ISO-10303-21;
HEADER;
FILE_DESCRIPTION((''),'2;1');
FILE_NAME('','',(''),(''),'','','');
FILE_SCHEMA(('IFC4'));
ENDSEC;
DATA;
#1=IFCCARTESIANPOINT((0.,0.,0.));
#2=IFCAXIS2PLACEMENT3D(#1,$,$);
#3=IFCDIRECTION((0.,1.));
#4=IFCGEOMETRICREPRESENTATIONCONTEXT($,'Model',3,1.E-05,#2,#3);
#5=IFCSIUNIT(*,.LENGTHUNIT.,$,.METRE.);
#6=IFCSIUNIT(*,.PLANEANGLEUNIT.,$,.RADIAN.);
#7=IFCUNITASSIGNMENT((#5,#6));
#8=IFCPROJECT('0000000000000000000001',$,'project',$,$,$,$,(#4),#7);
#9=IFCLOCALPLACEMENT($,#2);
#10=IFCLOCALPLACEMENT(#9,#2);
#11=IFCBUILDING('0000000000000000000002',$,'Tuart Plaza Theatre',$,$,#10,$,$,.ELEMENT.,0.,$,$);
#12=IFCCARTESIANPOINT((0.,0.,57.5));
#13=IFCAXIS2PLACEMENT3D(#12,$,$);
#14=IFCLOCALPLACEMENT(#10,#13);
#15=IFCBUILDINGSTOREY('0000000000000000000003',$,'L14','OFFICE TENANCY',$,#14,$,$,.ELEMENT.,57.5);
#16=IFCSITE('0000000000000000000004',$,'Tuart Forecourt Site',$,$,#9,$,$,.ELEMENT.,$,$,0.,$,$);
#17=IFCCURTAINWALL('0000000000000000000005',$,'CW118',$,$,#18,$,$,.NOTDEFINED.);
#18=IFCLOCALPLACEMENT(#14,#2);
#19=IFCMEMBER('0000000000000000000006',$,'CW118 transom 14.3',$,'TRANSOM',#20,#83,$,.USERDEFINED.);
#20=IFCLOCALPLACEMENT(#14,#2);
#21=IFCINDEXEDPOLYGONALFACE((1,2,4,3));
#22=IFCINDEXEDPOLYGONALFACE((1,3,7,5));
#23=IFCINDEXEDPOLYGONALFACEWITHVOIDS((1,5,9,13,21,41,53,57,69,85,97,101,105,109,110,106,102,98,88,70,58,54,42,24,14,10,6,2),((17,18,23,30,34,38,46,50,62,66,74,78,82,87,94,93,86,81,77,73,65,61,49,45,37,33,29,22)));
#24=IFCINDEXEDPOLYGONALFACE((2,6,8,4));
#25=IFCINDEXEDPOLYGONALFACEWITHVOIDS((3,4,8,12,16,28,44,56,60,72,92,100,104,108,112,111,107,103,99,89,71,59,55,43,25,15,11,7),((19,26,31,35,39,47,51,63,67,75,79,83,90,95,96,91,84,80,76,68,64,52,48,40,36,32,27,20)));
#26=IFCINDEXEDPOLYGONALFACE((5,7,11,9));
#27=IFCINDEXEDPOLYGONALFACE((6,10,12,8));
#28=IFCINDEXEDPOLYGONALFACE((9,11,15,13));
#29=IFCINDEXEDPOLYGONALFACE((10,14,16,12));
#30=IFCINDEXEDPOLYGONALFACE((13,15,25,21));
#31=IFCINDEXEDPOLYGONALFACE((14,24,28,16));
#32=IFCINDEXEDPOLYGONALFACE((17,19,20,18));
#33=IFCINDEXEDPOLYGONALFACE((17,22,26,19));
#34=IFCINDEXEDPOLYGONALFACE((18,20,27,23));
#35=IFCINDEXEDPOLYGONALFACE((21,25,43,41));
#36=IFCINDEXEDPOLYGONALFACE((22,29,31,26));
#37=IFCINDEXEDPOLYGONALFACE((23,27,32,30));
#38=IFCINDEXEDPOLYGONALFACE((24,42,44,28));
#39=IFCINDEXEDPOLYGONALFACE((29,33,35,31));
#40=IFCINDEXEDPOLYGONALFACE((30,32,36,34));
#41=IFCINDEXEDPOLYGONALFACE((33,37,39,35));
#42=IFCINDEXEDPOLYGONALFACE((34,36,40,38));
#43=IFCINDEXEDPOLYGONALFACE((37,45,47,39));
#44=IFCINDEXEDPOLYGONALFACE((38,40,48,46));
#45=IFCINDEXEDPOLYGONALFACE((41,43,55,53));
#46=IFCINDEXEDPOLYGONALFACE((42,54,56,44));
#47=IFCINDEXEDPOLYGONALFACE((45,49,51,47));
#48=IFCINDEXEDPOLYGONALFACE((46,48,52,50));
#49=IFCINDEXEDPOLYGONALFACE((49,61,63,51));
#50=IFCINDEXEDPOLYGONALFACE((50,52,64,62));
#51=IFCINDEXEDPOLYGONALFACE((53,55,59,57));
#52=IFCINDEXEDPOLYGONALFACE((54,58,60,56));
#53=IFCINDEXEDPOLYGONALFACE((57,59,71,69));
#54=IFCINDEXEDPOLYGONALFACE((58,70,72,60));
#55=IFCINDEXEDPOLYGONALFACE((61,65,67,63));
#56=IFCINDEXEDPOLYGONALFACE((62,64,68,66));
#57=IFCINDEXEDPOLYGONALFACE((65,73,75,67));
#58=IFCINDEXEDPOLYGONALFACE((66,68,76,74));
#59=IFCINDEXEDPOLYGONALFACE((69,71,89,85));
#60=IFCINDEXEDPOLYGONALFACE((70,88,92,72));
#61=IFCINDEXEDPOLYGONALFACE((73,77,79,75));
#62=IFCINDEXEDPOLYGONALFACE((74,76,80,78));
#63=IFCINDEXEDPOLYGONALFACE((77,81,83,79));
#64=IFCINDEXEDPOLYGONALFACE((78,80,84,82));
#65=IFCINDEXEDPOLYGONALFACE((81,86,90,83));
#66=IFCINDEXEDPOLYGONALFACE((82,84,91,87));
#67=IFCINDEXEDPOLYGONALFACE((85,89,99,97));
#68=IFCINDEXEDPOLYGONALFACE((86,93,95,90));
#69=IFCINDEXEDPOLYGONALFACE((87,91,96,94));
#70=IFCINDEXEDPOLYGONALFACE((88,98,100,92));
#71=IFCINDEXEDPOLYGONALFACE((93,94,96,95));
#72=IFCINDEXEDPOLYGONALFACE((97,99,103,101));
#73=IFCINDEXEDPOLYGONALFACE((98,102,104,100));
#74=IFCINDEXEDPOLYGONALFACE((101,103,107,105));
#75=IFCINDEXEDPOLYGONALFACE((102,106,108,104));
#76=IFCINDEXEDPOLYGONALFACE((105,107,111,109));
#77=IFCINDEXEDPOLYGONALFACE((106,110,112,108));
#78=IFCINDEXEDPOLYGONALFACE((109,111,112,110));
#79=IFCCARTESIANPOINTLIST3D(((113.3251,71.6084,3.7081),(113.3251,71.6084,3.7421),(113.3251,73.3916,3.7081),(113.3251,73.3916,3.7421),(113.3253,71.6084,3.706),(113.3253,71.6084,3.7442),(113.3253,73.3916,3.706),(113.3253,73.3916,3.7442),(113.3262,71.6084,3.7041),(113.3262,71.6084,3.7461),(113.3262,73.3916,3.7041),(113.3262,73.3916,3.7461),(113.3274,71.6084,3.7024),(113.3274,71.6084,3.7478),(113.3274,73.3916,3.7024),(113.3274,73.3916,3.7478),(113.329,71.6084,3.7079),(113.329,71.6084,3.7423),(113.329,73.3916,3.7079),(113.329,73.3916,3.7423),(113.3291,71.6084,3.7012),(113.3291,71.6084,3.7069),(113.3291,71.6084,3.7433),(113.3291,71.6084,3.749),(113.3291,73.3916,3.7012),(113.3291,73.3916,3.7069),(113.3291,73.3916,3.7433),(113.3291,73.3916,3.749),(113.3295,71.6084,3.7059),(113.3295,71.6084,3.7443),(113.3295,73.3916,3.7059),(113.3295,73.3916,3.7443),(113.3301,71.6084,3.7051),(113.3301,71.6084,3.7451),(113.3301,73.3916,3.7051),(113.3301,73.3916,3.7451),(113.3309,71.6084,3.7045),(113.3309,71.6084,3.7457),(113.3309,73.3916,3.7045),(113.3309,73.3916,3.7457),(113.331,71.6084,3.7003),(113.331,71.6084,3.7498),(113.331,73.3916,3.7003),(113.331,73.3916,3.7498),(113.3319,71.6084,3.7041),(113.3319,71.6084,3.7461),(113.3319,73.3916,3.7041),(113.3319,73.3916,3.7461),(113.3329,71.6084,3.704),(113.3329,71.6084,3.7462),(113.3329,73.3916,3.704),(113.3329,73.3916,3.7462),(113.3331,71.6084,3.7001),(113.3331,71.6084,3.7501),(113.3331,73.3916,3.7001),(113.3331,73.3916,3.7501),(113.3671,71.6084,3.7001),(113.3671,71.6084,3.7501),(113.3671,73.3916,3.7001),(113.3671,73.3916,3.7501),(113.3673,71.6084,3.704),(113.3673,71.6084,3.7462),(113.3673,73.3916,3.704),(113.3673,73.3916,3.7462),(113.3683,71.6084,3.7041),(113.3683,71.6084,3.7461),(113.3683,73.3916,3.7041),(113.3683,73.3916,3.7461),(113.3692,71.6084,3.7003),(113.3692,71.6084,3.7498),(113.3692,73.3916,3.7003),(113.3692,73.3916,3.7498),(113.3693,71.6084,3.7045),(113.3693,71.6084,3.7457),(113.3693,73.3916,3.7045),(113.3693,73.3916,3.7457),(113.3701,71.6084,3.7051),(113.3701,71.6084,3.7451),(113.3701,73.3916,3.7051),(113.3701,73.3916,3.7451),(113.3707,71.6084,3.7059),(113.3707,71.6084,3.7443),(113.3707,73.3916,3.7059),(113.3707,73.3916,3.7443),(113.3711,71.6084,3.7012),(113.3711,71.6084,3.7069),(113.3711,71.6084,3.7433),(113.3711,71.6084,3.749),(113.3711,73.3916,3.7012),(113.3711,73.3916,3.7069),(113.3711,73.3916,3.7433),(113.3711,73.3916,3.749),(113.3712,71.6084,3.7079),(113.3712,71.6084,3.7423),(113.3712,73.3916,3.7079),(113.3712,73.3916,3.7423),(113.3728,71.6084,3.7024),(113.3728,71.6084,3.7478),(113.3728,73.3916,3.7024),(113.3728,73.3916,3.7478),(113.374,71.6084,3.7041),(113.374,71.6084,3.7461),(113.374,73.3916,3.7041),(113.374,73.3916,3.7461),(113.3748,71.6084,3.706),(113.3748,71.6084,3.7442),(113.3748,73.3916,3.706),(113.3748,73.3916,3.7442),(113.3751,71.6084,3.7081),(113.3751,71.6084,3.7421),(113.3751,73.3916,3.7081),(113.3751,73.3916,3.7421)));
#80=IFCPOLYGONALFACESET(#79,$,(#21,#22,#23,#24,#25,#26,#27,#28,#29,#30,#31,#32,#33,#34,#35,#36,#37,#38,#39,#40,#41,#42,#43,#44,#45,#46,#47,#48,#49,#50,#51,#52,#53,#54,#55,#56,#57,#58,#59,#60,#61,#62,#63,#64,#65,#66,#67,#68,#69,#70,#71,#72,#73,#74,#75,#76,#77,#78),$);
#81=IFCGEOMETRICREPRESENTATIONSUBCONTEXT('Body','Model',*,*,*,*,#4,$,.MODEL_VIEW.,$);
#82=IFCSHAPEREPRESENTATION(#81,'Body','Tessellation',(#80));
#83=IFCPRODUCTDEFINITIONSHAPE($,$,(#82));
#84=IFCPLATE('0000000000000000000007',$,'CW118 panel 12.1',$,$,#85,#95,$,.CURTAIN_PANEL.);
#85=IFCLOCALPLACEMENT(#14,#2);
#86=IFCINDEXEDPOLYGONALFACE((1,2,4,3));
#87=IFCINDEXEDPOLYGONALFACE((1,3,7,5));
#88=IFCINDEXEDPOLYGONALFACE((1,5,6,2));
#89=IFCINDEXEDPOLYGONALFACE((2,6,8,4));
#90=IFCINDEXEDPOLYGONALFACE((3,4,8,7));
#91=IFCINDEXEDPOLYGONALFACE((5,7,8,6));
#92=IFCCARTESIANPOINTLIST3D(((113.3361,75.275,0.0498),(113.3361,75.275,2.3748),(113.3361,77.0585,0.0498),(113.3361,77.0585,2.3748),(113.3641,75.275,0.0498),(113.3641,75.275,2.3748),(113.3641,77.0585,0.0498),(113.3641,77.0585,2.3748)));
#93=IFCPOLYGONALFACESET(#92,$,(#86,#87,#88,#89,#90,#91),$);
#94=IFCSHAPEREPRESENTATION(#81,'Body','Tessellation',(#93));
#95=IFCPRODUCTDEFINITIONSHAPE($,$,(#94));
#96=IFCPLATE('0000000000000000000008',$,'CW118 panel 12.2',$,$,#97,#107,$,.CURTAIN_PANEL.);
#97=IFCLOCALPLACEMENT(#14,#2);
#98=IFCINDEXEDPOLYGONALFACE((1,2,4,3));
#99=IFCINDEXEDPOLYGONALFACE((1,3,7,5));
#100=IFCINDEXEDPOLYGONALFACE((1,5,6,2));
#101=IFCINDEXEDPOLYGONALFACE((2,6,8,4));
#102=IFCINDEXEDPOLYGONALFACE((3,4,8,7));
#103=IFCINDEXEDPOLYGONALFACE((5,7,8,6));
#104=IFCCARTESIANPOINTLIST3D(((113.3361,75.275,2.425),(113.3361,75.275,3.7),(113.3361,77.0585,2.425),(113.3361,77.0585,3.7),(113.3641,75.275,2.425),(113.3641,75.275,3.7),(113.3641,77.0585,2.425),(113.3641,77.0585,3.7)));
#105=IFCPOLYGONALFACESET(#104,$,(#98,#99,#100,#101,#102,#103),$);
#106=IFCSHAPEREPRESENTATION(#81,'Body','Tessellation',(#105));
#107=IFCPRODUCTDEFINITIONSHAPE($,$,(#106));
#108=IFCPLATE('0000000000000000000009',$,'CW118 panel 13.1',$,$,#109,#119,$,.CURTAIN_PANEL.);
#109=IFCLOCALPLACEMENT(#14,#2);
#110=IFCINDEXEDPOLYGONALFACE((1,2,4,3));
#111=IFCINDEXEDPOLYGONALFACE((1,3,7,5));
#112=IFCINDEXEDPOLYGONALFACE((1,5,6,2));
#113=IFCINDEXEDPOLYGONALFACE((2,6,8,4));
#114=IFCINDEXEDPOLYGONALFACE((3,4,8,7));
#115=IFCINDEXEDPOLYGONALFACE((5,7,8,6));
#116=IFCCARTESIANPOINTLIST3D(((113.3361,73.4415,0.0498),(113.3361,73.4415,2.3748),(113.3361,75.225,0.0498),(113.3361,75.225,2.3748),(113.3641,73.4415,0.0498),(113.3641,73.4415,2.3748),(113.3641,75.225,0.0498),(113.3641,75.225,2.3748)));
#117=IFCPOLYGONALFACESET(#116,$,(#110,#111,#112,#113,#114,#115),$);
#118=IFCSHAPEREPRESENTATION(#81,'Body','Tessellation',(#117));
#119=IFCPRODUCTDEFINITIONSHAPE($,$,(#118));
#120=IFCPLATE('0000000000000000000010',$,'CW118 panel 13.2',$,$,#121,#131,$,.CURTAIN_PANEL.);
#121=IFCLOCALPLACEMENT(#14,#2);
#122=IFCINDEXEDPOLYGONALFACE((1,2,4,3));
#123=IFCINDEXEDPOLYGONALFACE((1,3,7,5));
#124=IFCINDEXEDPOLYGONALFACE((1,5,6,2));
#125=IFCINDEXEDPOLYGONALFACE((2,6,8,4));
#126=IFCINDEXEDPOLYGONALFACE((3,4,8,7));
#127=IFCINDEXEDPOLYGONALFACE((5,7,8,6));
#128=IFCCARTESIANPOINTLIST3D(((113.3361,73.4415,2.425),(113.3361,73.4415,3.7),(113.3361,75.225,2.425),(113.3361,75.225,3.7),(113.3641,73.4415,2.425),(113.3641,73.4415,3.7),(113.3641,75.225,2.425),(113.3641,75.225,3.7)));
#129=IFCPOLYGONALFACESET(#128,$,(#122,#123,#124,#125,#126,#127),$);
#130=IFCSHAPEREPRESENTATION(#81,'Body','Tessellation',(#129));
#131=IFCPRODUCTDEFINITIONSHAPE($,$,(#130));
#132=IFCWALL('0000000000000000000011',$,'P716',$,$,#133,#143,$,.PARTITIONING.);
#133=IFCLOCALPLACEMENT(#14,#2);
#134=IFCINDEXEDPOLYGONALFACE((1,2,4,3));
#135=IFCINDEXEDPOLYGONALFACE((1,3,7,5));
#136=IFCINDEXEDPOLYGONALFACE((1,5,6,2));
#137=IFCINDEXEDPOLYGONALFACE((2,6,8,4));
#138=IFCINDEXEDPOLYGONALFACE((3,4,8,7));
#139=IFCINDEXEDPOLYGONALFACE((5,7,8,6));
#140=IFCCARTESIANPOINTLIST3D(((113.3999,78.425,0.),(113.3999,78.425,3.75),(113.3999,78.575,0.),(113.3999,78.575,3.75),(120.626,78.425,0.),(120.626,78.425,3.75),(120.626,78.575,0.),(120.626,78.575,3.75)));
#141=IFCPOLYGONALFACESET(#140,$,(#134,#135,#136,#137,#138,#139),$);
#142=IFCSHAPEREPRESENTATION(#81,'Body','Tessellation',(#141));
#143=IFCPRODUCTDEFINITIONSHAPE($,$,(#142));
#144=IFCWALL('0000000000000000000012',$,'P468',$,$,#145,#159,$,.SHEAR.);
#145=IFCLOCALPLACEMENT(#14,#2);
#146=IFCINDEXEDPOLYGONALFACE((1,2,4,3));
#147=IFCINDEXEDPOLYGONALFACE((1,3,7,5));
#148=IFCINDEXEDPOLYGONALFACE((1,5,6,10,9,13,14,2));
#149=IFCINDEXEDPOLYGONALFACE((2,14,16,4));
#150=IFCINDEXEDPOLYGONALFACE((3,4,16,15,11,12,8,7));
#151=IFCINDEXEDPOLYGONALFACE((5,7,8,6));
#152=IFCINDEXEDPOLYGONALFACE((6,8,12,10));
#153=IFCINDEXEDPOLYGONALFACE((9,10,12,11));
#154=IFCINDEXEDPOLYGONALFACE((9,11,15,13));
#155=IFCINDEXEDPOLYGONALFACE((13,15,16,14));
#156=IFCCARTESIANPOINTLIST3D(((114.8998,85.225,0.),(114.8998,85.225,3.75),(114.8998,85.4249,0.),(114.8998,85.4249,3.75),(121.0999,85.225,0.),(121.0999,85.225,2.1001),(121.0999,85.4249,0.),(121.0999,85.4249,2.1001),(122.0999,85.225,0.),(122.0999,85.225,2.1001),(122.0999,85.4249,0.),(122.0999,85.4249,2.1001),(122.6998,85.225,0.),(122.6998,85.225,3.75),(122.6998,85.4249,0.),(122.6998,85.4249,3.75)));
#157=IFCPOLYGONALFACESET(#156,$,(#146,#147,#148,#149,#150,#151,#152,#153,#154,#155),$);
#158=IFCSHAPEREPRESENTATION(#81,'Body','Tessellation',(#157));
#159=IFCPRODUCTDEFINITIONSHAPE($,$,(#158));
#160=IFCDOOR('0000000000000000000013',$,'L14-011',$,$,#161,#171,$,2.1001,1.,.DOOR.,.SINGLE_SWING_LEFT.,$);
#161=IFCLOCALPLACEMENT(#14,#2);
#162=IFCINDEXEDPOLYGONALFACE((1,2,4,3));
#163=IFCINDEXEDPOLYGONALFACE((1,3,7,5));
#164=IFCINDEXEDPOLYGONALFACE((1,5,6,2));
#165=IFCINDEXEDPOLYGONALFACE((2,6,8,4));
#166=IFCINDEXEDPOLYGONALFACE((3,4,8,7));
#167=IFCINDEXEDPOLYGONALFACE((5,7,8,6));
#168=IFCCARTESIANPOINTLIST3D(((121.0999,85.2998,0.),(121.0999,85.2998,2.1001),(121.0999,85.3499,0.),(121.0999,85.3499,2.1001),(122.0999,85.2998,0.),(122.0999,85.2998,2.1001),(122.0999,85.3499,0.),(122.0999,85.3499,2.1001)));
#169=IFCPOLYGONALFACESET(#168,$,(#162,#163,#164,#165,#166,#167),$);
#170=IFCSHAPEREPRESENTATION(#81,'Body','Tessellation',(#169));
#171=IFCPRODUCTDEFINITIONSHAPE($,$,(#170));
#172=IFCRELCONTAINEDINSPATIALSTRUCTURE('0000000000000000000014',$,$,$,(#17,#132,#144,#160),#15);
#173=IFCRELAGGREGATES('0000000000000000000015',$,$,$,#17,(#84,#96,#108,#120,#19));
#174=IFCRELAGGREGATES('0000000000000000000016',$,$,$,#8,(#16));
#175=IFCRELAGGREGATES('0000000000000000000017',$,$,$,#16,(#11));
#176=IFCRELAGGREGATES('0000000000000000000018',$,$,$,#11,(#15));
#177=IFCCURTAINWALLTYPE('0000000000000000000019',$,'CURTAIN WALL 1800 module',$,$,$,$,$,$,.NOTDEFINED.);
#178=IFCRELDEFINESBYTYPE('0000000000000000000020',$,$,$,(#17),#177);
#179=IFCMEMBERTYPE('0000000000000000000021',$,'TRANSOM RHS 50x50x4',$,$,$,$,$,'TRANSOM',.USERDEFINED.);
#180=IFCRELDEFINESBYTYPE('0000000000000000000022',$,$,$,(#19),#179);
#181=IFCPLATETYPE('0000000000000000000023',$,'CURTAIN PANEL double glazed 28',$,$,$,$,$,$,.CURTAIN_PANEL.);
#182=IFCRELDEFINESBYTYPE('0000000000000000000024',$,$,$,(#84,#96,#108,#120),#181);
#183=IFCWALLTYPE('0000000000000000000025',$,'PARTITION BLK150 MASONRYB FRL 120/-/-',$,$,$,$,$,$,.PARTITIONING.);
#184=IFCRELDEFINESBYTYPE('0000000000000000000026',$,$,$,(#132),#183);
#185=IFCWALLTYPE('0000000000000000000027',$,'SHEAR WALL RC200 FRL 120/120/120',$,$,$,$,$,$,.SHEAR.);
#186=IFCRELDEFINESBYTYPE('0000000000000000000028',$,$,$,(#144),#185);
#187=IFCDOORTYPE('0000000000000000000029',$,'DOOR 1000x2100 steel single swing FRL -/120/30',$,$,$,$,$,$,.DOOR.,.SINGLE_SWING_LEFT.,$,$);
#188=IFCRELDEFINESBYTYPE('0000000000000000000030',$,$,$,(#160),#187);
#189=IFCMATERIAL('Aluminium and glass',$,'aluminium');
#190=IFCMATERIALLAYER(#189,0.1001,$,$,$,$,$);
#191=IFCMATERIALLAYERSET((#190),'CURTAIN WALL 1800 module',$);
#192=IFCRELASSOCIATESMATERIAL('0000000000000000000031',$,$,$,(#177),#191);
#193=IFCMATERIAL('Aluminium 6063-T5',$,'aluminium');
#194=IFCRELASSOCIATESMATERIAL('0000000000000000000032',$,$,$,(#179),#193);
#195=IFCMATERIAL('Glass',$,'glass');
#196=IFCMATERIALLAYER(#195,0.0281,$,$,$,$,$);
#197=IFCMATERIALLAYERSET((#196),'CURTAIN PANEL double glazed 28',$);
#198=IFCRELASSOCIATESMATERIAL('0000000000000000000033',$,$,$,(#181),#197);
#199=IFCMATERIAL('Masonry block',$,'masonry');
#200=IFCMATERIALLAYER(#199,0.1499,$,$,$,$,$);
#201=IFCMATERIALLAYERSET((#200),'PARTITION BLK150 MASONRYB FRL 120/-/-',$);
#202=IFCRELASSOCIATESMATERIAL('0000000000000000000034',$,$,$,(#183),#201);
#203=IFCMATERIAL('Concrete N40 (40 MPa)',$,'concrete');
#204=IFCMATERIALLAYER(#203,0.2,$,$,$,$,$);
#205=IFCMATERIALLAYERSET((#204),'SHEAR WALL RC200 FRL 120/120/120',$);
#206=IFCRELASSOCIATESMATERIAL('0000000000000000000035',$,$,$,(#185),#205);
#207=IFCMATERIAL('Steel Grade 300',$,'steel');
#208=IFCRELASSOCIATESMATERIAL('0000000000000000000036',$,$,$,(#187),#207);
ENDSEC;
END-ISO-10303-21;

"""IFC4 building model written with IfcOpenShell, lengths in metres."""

from ifc_helpers import new_model, si_unit, direction, frame, frame_2d, origin, origin_2d, place, context, subcontext, project, spatial, rectangle, hollow_rectangle, extrude, material, layer, layer_set, material_profile, profile_set, type_object, element, fill, aggregate, save


model = new_model("IFC4")

# Units and contexts
model_context = context("Model", 3, precision=1e-05, world=origin(), true_north=direction((0.0, 1.0)))
body_context = subcontext(model_context, "Body", "Model", "MODEL_VIEW")
ifc_project = project(units=[si_unit("LENGTHUNIT", "METRE"), si_unit("PLANEANGLEUNIT", "RADIAN")], contexts=[model_context])

# Site, building, storey
site_placement = place(None, origin())
site = spatial("IfcSite", under=ifc_project, at=site_placement, Name="Tuart Forecourt Site", CompositionType="ELEMENT", RefElevation=0.0)
building_placement = place(site_placement, origin())
building = spatial("IfcBuilding", under=site, at=building_placement, Name="Tuart Plaza Theatre", CompositionType="ELEMENT", ElevationOfRefHeight=0.0)
storey_placement = place(building_placement, frame((0.0, 0.0, 57.5)))
storey = spatial("IfcBuildingStorey", under=building, at=storey_placement, Name="L14", Description="OFFICE TENANCY", CompositionType="ELEMENT", Elevation=57.5)

# Curtain wall, member, plates
ifc_material_1 = material(Name="Aluminium and glass", Category="aluminium")
ifc_layer_1 = layer(ifc_material_1, 0.1001)
ifc_layer_set_1 = layer_set([ifc_layer_1], Name="CURTAIN WALL 1800 module")
curtain_wall_type = type_object("IfcCurtainWallType", Name="CURTAIN WALL 1800 module", PredefinedType="NOTDEFINED", material=ifc_layer_set_1)
curtain_wall_placement = place(storey_placement, origin())
curtain_wall = element("IfcCurtainWall", 1, at=curtain_wall_placement, inside=storey, type_object=curtain_wall_type, Name="CW118", PredefinedType="NOTDEFINED")
ifc_material_2 = material(Name="Aluminium 6063-T5", Category="aluminium")
ifc_material_profile_1 = material_profile(ifc_material_2, hollow_rectangle(XDim=0.05, YDim=0.05, WallThickness=0.0039, InnerFilletRadius=0.0039, OuterFilletRadius=0.0081, at=origin_2d()), Name="RHS 50x50x4")
ifc_profile_set_1 = profile_set([ifc_material_profile_1], Name="Aluminium 6063-T5")
member_type = type_object("IfcMemberType", Name="TRANSOM RHS 50x50x4", ElementType="TRANSOM", PredefinedType="USERDEFINED", material=ifc_profile_set_1)
member_1_placement = place(storey_placement, frame((113.3501, 73.3916, 3.7251), z_axis=(0.0, -1.0, 0.0), x_axis=(1.0, 0.0, 0.0)))
member_1 = element("IfcMember", 2, at=member_1_placement, type_object=member_type, Name="CW118 transom 14.3", ObjectType="TRANSOM", PredefinedType="USERDEFINED", context=body_context, shape_type="SweptSolid", body=[
    extrude(hollow_rectangle(XDim=0.05, YDim=0.05, WallThickness=0.0039, InnerFilletRadius=0.0039, OuterFilletRadius=0.0081, at=origin_2d()), origin(), (0.0, 0.0, 1.0), 1.7832),
])
ifc_material_3 = material(Name="Glass", Category="glass")
ifc_layer_2 = layer(ifc_material_3, 0.0281)
ifc_layer_set_2 = layer_set([ifc_layer_2], Name="CURTAIN PANEL double glazed 28")
plate_type = type_object("IfcPlateType", Name="CURTAIN PANEL double glazed 28", PredefinedType="CURTAIN_PANEL", material=ifc_layer_set_2)
plate_1_placement = place(storey_placement, frame((113.3501, 76.1667, 0.0498), z_axis=(0.0, 0.0, 1.0), x_axis=(0.0, -1.0, 0.0)))
plate_1 = element("IfcPlate", 3, at=plate_1_placement, type_object=plate_type, Name="CW118 panel 12.1", PredefinedType="CURTAIN_PANEL", context=body_context, shape_type="SweptSolid", body=[
    extrude(rectangle(XDim=1.7834, YDim=0.0281, at=origin_2d()), origin(), (0.0, 0.0, 1.0), 2.325),
])
plate_2_placement = place(storey_placement, frame((113.3501, 76.1667, 2.425), z_axis=(0.0, 0.0, 1.0), x_axis=(0.0, -1.0, 0.0)))
plate_2 = element("IfcPlate", 4, at=plate_2_placement, type_object=plate_type, Name="CW118 panel 12.2", PredefinedType="CURTAIN_PANEL", context=body_context, shape_type="SweptSolid", body=[
    extrude(rectangle(XDim=1.7834, YDim=0.0281, at=origin_2d()), origin(), (0.0, 0.0, 1.0), 1.2749),
])
plate_3_placement = place(storey_placement, frame((113.3501, 74.3333, 0.0498), z_axis=(0.0, 0.0, 1.0), x_axis=(0.0, -1.0, 0.0)))
plate_3 = element("IfcPlate", 5, at=plate_3_placement, type_object=plate_type, Name="CW118 panel 13.1", PredefinedType="CURTAIN_PANEL", context=body_context, shape_type="SweptSolid", body=[
    extrude(rectangle(XDim=1.7834, YDim=0.0281, at=origin_2d()), origin(), (0.0, 0.0, 1.0), 2.325),
])
plate_4_placement = place(storey_placement, frame((113.3501, 74.3333, 2.425), z_axis=(0.0, 0.0, 1.0), x_axis=(0.0, -1.0, 0.0)))
plate_4 = element("IfcPlate", 6, at=plate_4_placement, type_object=plate_type, Name="CW118 panel 13.2", PredefinedType="CURTAIN_PANEL", context=body_context, shape_type="SweptSolid", body=[
    extrude(rectangle(XDim=1.7834, YDim=0.0281, at=origin_2d()), origin(), (0.0, 0.0, 1.0), 1.2749),
])
aggregate(curtain_wall, [plate_1, plate_2, plate_3, plate_4, member_1])

# Wall
ifc_material_4 = material(Name="Masonry block", Category="masonry")
ifc_layer_3 = layer(ifc_material_4, 0.1499)
ifc_layer_set_3 = layer_set([ifc_layer_3], Name="PARTITION BLK150 MASONRYB FRL 120/-/-")
wall_type_1 = type_object("IfcWallType", Name="PARTITION BLK150 MASONRYB FRL 120/-/-", PredefinedType="PARTITIONING", material=ifc_layer_set_3)
wall_1_placement = place(storey_placement, frame((113.3999, 78.5, 0.0), z_axis=(0.0, 0.0, 1.0), x_axis=(1.0, 0.0, 0.0)))
element("IfcWall", 7, at=wall_1_placement, inside=storey, type_object=wall_type_1, Name="P716", PredefinedType="PARTITIONING", context=body_context, shape_type="SweptSolid", body=[
    extrude(rectangle(XDim=7.2261, YDim=0.1499, at=frame_2d((3.613, 0.0))), origin(), (0.0, 0.0, 1.0), 3.75),
])

# Wall, opening, door
ifc_material_5 = material(Name="Concrete N40 (40 MPa)", Category="concrete")
ifc_layer_4 = layer(ifc_material_5, 0.2)
ifc_layer_set_4 = layer_set([ifc_layer_4], Name="SHEAR WALL RC200 FRL 120/120/120")
wall_type_2 = type_object("IfcWallType", Name="SHEAR WALL RC200 FRL 120/120/120", PredefinedType="SHEAR", material=ifc_layer_set_4)
wall_2_placement = place(storey_placement, frame((114.8999, 85.325, 0.0), z_axis=(0.0, 0.0, 1.0), x_axis=(1.0, 0.0, 0.0)))
wall_2 = element("IfcWall", 8, at=wall_2_placement, inside=storey, type_object=wall_type_2, Name="P468", PredefinedType="SHEAR", context=body_context, shape_type="SweptSolid", body=[
    extrude(rectangle(XDim=7.8, YDim=0.2, at=frame_2d((3.8999, 0.0))), origin(), (0.0, 0.0, 1.0), 3.75),
])
opening_placement = place(wall_2_placement, frame((6.2, 0.0, 0.0)))
opening = element("IfcOpeningElement", 9, at=opening_placement, cuts=wall_2, PredefinedType="OPENING", context=body_context, shape_type="SweptSolid", body=[
    extrude(rectangle(XDim=1.0, YDim=2.1001, at=frame_2d((0.5, 1.05))), frame((0.0, 0.1099, 0.0), z_axis=(0.0, -1.0, 0.0), x_axis=(1.0, 0.0, 0.0)), (0.0, 0.0, 1.0), 0.22),
])
ifc_material_6 = material(Name="Steel Grade 300", Category="steel")
door_type = type_object("IfcDoorType", Name="DOOR 1000x2100 steel single swing FRL -/120/30", OperationType="SINGLE_SWING_LEFT", PredefinedType="DOOR", material=ifc_material_6)
door_placement = place(opening_placement, origin())
door = element("IfcDoor", 10, at=door_placement, inside=storey, type_object=door_type, Name="L14-011", OperationType="SINGLE_SWING_LEFT", OverallHeight=2.1001, OverallWidth=1.0, PredefinedType="DOOR", context=body_context, shape_type="SweptSolid", body=[
    extrude(rectangle(XDim=1.0, YDim=2.1001, at=frame_2d((0.5, 1.05))), frame((0.0, 0.0249, 0.0), z_axis=(0.0, -1.0, 0.0), x_axis=(1.0, 0.0, 0.0)), (0.0, 0.0, 1.0), 0.05),
])
fill(opening, door)

save(model, "model.ifc")
